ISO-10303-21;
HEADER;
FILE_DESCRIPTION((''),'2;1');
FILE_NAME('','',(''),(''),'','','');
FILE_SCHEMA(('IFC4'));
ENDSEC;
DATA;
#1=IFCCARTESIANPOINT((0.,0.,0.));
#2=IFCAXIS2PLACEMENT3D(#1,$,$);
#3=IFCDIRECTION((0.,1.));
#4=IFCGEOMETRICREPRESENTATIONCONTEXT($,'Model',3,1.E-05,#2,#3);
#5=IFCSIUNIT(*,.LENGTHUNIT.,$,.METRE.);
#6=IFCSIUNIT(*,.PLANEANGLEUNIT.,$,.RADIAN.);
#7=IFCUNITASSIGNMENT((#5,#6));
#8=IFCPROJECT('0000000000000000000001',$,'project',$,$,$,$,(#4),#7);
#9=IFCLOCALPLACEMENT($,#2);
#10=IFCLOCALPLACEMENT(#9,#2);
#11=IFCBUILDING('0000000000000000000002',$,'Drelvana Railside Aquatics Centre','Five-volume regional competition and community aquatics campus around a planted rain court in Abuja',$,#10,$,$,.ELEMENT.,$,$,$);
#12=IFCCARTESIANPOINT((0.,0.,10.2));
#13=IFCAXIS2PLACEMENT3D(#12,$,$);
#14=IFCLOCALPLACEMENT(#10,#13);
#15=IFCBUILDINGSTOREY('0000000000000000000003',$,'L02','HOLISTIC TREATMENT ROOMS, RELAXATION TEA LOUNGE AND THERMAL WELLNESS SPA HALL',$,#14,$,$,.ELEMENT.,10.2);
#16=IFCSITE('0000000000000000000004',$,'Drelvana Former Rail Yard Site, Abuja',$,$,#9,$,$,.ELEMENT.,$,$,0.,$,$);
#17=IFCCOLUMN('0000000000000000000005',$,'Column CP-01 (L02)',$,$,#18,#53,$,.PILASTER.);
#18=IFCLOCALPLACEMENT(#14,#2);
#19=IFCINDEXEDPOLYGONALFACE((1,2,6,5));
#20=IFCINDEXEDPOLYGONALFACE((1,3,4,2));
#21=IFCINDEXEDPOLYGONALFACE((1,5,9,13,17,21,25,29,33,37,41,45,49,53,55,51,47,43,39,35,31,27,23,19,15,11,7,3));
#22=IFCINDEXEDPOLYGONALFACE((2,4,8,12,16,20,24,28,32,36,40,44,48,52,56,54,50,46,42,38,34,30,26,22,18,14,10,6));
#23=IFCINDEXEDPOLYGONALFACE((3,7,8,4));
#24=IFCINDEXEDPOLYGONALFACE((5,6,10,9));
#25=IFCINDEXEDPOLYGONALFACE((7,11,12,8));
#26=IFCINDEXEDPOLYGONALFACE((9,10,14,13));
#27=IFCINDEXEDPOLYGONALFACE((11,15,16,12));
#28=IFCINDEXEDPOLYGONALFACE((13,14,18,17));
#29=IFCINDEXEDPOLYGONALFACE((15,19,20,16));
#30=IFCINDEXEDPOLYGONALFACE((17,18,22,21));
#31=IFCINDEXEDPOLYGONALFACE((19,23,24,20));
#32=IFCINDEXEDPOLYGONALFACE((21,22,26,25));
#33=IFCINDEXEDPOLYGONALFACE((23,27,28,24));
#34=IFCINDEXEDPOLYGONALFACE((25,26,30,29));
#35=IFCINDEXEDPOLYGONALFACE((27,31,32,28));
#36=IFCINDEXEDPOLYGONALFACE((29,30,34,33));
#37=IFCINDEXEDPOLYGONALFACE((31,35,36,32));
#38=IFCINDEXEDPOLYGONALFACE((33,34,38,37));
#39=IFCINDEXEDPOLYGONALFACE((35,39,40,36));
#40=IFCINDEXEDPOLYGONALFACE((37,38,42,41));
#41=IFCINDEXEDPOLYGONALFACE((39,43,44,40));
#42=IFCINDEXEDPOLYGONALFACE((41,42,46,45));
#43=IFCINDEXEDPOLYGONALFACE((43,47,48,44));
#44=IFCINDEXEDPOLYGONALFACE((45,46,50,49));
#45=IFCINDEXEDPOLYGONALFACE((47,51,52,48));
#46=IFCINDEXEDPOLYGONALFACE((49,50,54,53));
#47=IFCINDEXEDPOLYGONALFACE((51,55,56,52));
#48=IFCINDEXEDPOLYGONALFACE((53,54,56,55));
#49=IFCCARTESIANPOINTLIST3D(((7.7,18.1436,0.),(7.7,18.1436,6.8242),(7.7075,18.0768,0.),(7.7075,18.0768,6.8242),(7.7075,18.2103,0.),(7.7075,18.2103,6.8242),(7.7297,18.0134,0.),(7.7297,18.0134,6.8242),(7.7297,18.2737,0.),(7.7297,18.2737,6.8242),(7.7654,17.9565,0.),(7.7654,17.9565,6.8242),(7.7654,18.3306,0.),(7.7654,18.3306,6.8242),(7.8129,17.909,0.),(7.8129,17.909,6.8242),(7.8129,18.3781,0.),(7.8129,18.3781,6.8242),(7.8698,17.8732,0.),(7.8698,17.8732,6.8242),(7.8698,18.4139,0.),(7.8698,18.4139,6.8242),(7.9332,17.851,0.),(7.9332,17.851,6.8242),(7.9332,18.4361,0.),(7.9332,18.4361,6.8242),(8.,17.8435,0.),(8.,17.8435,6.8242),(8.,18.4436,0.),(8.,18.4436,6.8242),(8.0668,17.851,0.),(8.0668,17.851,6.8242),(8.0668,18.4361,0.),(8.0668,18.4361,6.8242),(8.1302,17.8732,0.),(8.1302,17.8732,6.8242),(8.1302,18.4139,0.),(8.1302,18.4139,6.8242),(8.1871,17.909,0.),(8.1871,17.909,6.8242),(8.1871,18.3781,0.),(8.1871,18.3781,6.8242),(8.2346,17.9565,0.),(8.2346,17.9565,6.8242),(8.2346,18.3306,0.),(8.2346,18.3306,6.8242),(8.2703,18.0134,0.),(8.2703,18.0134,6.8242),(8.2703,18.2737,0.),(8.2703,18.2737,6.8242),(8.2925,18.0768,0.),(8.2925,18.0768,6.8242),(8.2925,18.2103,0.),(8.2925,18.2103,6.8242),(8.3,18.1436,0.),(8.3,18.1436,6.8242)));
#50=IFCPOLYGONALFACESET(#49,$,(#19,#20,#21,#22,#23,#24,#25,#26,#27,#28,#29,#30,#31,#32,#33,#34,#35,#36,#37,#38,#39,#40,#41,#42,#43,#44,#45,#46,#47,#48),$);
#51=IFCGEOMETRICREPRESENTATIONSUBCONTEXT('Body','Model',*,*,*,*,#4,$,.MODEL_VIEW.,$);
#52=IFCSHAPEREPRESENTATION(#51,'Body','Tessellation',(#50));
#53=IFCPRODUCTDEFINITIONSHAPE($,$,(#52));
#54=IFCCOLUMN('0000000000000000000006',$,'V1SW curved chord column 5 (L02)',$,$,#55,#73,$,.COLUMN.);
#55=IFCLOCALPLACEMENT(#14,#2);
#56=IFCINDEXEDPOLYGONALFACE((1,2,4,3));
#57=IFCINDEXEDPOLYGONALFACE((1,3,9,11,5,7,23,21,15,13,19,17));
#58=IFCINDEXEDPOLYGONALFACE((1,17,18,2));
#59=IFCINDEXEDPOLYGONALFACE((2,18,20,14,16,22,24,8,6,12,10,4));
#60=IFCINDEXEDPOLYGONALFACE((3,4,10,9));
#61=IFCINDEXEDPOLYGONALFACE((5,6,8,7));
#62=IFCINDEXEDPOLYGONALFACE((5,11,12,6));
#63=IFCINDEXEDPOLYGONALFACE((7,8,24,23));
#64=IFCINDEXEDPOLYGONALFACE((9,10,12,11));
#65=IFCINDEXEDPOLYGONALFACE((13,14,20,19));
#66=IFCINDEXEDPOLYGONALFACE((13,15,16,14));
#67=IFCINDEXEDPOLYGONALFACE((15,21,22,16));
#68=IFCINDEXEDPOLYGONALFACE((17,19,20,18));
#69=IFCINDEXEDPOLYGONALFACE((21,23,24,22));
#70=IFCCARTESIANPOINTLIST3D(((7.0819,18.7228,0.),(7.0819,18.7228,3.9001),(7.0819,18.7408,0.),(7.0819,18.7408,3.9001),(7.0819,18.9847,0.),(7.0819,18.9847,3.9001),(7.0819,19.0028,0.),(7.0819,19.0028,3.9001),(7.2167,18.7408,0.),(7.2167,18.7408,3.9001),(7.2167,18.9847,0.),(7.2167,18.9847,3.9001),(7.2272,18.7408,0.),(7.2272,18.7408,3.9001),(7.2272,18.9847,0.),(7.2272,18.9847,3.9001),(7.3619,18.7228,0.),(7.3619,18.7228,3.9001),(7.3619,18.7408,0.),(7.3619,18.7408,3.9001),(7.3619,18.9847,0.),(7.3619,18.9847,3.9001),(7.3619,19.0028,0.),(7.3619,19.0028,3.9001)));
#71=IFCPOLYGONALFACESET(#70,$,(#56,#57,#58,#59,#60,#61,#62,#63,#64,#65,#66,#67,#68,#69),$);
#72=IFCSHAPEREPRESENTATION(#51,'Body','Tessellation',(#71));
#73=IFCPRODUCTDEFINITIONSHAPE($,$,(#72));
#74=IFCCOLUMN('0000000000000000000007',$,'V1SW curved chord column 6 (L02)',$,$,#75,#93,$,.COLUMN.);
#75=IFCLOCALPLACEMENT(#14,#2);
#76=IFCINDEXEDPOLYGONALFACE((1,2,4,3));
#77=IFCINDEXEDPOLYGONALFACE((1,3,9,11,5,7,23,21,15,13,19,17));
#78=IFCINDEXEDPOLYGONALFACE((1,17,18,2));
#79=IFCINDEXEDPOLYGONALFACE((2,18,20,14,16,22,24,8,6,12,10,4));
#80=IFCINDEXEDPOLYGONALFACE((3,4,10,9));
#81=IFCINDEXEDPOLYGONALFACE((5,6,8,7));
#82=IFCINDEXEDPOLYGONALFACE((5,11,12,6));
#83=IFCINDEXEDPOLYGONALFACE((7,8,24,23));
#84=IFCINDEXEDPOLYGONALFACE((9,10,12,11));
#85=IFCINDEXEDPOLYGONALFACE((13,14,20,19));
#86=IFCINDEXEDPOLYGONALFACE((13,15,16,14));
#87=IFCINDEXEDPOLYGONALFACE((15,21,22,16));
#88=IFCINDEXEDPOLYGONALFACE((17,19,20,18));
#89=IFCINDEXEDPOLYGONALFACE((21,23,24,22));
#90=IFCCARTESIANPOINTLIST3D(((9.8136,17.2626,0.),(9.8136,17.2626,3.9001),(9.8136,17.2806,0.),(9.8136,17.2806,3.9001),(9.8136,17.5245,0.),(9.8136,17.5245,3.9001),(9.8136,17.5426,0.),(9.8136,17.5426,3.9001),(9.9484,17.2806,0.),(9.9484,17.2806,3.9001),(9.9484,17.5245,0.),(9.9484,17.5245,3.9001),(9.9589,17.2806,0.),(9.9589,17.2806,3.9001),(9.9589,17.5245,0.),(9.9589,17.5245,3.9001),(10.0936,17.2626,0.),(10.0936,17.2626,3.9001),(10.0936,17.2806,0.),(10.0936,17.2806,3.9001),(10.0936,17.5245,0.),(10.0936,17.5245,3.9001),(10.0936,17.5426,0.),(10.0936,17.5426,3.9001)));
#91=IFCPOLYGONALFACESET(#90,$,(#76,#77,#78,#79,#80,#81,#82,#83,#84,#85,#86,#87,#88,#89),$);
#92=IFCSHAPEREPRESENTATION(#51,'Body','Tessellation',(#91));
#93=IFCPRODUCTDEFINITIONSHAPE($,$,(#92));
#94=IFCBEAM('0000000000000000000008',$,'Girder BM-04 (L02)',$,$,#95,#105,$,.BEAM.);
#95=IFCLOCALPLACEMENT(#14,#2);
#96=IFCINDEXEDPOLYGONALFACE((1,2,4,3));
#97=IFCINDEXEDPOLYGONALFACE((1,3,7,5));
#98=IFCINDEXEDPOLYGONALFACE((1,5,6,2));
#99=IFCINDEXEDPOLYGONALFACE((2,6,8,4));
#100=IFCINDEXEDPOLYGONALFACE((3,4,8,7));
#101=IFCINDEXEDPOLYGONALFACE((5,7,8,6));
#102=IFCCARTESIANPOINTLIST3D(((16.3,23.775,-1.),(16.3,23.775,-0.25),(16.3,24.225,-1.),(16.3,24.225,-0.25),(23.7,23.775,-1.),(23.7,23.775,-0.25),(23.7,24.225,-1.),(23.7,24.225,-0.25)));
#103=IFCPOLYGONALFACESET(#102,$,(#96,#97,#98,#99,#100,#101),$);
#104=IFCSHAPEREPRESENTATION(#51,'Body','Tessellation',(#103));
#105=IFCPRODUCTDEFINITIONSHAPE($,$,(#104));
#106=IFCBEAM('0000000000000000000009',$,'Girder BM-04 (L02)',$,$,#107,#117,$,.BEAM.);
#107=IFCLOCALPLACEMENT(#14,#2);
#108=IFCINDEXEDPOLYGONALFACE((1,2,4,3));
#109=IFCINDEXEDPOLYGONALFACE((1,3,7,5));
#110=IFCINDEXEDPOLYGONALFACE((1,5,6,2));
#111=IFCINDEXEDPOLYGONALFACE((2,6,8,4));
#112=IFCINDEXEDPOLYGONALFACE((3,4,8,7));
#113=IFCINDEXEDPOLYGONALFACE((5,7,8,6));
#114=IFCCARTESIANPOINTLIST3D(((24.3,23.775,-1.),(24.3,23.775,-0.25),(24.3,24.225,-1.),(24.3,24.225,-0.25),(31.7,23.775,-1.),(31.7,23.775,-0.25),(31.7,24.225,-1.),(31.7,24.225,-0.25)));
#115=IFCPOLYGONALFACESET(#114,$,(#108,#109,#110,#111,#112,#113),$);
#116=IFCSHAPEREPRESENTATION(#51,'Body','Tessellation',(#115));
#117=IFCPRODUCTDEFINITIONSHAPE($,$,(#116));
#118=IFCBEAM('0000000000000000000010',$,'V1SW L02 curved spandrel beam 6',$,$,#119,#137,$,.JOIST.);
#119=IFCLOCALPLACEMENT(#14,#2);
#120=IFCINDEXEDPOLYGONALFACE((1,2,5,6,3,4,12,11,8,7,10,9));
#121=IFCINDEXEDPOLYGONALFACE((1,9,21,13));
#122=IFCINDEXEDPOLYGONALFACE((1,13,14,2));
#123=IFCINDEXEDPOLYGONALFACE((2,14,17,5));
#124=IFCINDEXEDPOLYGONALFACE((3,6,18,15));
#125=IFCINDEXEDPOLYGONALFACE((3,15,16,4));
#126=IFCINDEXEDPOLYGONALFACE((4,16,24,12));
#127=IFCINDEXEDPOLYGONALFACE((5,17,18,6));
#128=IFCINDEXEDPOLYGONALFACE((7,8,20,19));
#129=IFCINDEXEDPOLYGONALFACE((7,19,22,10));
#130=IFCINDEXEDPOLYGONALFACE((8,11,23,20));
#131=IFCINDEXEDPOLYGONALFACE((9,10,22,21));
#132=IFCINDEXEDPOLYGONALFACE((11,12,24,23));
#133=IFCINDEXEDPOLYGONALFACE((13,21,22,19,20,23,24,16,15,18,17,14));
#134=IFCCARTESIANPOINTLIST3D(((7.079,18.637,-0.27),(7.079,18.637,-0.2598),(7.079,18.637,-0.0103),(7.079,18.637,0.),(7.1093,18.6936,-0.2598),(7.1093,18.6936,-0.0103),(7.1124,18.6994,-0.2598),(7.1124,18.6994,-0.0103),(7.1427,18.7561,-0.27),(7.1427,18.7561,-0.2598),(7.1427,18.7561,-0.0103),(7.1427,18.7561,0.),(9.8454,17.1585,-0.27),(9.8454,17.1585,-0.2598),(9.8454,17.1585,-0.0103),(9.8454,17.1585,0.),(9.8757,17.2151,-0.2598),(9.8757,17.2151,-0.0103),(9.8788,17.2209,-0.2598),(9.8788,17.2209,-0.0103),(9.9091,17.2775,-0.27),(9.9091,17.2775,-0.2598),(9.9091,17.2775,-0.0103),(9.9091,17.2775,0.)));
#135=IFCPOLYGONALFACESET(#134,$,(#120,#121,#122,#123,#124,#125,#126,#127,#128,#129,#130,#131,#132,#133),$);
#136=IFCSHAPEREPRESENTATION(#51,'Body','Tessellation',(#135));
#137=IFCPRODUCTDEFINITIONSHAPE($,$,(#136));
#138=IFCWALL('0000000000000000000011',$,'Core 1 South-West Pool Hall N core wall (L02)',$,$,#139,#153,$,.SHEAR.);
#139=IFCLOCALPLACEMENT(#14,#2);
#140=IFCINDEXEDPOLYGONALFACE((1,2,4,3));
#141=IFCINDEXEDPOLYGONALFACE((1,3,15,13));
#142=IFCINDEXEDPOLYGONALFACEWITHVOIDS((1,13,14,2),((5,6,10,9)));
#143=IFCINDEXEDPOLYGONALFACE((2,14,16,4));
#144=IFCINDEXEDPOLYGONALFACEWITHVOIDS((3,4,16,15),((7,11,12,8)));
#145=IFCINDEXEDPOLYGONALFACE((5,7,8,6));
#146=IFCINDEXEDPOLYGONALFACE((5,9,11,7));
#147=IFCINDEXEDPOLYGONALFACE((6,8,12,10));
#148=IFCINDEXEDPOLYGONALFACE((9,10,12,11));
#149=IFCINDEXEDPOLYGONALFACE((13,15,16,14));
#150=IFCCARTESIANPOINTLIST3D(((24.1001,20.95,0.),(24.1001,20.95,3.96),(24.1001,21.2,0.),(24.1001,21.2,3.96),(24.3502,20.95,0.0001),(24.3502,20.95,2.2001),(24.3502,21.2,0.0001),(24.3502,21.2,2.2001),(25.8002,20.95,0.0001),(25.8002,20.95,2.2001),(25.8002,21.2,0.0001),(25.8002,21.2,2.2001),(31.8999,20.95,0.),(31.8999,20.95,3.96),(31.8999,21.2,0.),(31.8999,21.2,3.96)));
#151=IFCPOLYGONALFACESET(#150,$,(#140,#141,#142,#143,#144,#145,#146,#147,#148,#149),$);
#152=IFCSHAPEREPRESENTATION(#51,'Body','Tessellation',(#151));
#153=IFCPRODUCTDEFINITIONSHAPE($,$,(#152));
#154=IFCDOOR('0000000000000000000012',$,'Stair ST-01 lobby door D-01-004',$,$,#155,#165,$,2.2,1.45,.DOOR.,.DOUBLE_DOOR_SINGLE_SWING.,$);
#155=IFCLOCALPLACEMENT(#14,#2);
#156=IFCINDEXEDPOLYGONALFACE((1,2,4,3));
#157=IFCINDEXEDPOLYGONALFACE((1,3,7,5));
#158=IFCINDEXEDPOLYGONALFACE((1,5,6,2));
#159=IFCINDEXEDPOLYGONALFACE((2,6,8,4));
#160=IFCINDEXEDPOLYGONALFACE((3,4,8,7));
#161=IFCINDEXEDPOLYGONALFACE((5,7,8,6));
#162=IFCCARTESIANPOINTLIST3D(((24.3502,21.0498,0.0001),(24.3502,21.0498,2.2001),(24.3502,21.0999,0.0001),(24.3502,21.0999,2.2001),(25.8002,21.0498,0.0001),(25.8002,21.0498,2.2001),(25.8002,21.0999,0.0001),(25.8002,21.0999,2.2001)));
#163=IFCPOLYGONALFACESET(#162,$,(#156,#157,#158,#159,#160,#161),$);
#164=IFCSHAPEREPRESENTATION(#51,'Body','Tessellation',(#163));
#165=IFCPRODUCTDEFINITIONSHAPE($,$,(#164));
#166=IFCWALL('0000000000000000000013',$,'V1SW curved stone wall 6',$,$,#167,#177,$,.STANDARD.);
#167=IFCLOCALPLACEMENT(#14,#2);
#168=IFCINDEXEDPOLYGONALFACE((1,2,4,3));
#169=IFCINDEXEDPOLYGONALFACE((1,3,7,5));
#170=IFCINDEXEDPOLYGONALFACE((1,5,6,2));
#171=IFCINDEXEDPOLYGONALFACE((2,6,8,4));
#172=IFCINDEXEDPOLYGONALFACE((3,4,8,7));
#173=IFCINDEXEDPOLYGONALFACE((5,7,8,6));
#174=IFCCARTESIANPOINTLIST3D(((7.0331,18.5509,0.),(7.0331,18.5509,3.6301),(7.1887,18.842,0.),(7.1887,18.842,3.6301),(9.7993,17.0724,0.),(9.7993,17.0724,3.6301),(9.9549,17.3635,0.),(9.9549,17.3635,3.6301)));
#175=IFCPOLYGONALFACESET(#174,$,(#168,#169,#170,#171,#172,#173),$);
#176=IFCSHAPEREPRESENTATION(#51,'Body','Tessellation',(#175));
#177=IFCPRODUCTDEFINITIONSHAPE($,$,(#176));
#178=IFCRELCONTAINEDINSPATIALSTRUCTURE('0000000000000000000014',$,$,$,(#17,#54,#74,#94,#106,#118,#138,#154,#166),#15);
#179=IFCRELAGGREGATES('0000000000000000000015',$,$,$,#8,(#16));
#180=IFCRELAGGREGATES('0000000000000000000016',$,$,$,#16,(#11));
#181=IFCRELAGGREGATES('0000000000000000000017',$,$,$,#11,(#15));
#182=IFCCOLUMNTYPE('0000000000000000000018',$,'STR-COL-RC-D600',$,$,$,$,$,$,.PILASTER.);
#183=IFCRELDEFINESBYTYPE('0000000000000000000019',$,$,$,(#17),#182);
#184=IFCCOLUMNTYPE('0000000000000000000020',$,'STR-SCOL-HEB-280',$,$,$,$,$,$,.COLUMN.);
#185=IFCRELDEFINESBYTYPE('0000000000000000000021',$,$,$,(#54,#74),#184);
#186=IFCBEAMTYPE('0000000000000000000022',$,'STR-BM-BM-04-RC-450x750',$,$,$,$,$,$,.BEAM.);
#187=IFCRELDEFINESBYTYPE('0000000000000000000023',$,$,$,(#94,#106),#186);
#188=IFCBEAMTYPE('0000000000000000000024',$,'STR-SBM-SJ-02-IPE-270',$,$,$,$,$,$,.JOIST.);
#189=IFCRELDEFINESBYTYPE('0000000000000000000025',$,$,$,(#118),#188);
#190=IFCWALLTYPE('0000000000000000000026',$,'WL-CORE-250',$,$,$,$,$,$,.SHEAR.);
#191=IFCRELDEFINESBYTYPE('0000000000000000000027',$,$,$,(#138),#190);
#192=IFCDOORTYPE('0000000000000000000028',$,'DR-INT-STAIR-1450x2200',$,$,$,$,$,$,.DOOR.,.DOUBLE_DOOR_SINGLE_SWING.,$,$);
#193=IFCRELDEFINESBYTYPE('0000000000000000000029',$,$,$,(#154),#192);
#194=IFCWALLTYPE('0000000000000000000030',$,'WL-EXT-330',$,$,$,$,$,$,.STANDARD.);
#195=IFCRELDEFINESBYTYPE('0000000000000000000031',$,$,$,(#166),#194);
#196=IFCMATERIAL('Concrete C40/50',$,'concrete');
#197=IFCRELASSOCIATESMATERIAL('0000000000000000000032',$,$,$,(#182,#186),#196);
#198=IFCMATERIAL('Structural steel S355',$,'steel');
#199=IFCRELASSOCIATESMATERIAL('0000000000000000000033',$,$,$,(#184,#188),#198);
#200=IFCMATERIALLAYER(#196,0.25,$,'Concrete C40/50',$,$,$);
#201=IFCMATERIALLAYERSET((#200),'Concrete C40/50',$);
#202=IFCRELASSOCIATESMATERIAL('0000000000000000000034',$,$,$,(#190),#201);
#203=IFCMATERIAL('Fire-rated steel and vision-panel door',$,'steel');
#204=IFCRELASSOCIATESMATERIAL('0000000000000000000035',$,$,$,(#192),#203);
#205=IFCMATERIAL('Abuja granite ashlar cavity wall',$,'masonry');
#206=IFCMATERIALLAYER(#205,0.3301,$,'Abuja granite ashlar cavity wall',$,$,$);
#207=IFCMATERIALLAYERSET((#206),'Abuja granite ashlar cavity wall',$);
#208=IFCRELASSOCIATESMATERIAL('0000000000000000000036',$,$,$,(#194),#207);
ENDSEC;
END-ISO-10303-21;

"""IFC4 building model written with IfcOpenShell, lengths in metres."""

from ifc_helpers import new_model, si_unit, direction, frame, frame_2d, origin, origin_2d, place, context, subcontext, project, spatial, rectangle, circle, i_section, extrude, material, layer, layer_set, material_profile, profile_set, type_object, element, fill, save


model = new_model("IFC4")

# Units and contexts
model_context = context("Model", 3, precision=1e-05, world=origin(), true_north=direction((0.0, 1.0)))
body_context = subcontext(model_context, "Body", "Model", "MODEL_VIEW")
ifc_project = project(units=[si_unit("LENGTHUNIT", "METRE"), si_unit("PLANEANGLEUNIT", "RADIAN")], contexts=[model_context])

# Site, building, storey
site_placement = place(None, origin())
site = spatial("IfcSite", under=ifc_project, at=site_placement, Name="Drelvana Former Rail Yard Site, Abuja", CompositionType="ELEMENT", RefElevation=0.0)
building_placement = place(site_placement, origin())
building = spatial("IfcBuilding", under=site, at=building_placement, Name="Drelvana Railside Aquatics Centre", Description="Five-volume regional competition and community aquatics campus around a planted rain court in Abuja", CompositionType="ELEMENT")
storey_placement = place(building_placement, frame((0.0, 0.0, 10.2)))
storey = spatial("IfcBuildingStorey", under=building, at=storey_placement, Name="L02", Description="HOLISTIC TREATMENT ROOMS, RELAXATION TEA LOUNGE AND THERMAL WELLNESS SPA HALL", CompositionType="ELEMENT", Elevation=10.2)

# Columns
ifc_material_1 = material(Name="Concrete C40/50", Category="concrete")
ifc_material_profile_1 = material_profile(ifc_material_1, circle(Radius=0.3, at=origin_2d()), Name="RC D600")
ifc_profile_set_1 = profile_set([ifc_material_profile_1], Name="Concrete C40/50")
column_type_1 = type_object("IfcColumnType", Name="STR-COL-RC-D600", PredefinedType="PILASTER", material=ifc_profile_set_1)
column_placement = place(storey_placement, frame((8.0, 18.1436, 0.0), z_axis=(0.0, 0.0, 1.0), x_axis=(1.0, 0.0, 0.0)))
element("IfcColumn", 1, at=column_placement, inside=storey, type_object=column_type_1, Name="Column CP-01 (L02)", PredefinedType="PILASTER", context=body_context, shape_type="SweptSolid", body=[
    extrude(circle(Radius=0.3, at=origin_2d()), origin(), (0.0, 0.0, 1.0), 6.8242),
])
ifc_material_2 = material(Name="Structural steel S355", Category="steel")
ifc_material_profile_2 = material_profile(ifc_material_2, i_section(OverallWidth=0.28, OverallDepth=0.28, WebThickness=0.0105, FlangeThickness=0.0181, at=origin_2d()), Name="HEB 280")
ifc_profile_set_2 = profile_set([ifc_material_profile_2], Name="Structural steel S355")
column_type_2 = type_object("IfcColumnType", Name="STR-SCOL-HEB-280", PredefinedType="COLUMN", material=ifc_profile_set_2)
for number, where, z_axis, x_axis, name in (
    (2, (7.2219, 18.8628, 0.0), (0.0, 0.0, 1.0), (1.0, 0.0, 0.0), "V1SW curved chord column 5 (L02)"),
    (3, (9.9536, 17.4026, 0.0), (0.0, 0.0, 1.0), (1.0, 0.0, 0.0), "V1SW curved chord column 6 (L02)"),
):
    element("IfcColumn", number, at=place(storey_placement, frame(where, z_axis=z_axis, x_axis=x_axis)), inside=storey, type_object=column_type_2, Name=name, PredefinedType="COLUMN", context=body_context, shape_type="SweptSolid", body=[
        extrude(i_section(OverallWidth=0.28, OverallDepth=0.28, WebThickness=0.0105, FlangeThickness=0.0181, at=origin_2d()), origin(), (0.0, 0.0, 1.0), 3.9001),
    ])

# Beams
ifc_material_profile_3 = material_profile(ifc_material_1, rectangle(XDim=0.45, YDim=0.75, at=origin_2d()), Name="RC 450x750")
ifc_profile_set_3 = profile_set([ifc_material_profile_3], Name="Concrete C40/50")
beam_type_1 = type_object("IfcBeamType", Name="STR-BM-BM-04-RC-450x750", PredefinedType="BEAM", material=ifc_profile_set_3)
for number, where, z_axis, x_axis, name in (
    (4, (16.3, 24.0, -0.625), (1.0, 0.0, 0.0), (0.0, 1.0, 0.0), "Girder BM-04 (L02)"),
    (5, (24.3, 24.0, -0.625), (1.0, 0.0, 0.0), (0.0, 1.0, 0.0), "Girder BM-04 (L02)"),
):
    element("IfcBeam", number, at=place(storey_placement, frame(where, z_axis=z_axis, x_axis=x_axis)), inside=storey, type_object=beam_type_1, Name=name, PredefinedType="BEAM", context=body_context, shape_type="SweptSolid", body=[
        extrude(rectangle(XDim=0.45, YDim=0.75, at=origin_2d()), origin(), (0.0, 0.0, 1.0), 7.3999),
    ])
ifc_material_profile_4 = material_profile(ifc_material_2, i_section(OverallWidth=0.135, OverallDepth=0.27, WebThickness=0.0066, FlangeThickness=0.0103, at=origin_2d()), Name="IPE 270")
ifc_profile_set_4 = profile_set([ifc_material_profile_4], Name="Structural steel S355")
beam_type_2 = type_object("IfcBeamType", Name="STR-SBM-SJ-02-IPE-270", PredefinedType="JOIST", material=ifc_profile_set_4)
beam_placement = place(storey_placement, frame((7.1108, 18.6965, -0.135), z_axis=(0.881939, -0.471364, 0.0), x_axis=(0.471364, 0.881939, 0.0)))
element("IfcBeam", 6, at=beam_placement, inside=storey, type_object=beam_type_2, Name="V1SW L02 curved spandrel beam 6", PredefinedType="JOIST", context=body_context, shape_type="SweptSolid", body=[
    extrude(i_section(OverallWidth=0.135, OverallDepth=0.27, WebThickness=0.0066, FlangeThickness=0.0103, at=origin_2d()), origin(), (0.0, 0.0, 1.0), 3.1367),
])

# Wall, opening, door
ifc_layer_1 = layer(ifc_material_1, 0.25, Name="Concrete C40/50")
ifc_layer_set_1 = layer_set([ifc_layer_1], Name="Concrete C40/50")
wall_type_1 = type_object("IfcWallType", Name="WL-CORE-250", PredefinedType="SHEAR", material=ifc_layer_set_1)
wall_1_placement = place(storey_placement, frame((24.1001, 21.075, 0.0), z_axis=(0.0, 0.0, 1.0), x_axis=(1.0, 0.0, 0.0)))
wall_1 = element("IfcWall", 7, at=wall_1_placement, inside=storey, type_object=wall_type_1, Name="Core 1 South-West Pool Hall N core wall (L02)", PredefinedType="SHEAR", context=body_context, shape_type="SweptSolid", body=[
    extrude(rectangle(XDim=7.7998, YDim=0.25, at=frame_2d((3.8999, 0.0))), origin(), (0.0, 0.0, 1.0), 3.96),
])
opening_1_placement = place(wall_1_placement, frame((0.25, 0.0, 0.0)))
opening_1 = element("IfcOpeningElement", 8, at=opening_1_placement, cuts=wall_1, PredefinedType="OPENING", context=body_context, shape_type="SweptSolid", body=[
    extrude(rectangle(XDim=1.45, YDim=2.2, at=frame_2d((0.7251, 1.1001))), frame((0.0, 0.135, 0.0), z_axis=(0.0, -1.0, 0.0), x_axis=(1.0, 0.0, 0.0)), (0.0, 0.0, 1.0), 0.27),
])
ifc_material_3 = material(Name="Fire-rated steel and vision-panel door", Category="steel")
door_type_1 = type_object("IfcDoorType", Name="DR-INT-STAIR-1450x2200", OperationType="DOUBLE_DOOR_SINGLE_SWING", PredefinedType="DOOR", material=ifc_material_3)
door_1_placement = place(opening_1_placement, origin())
door_1 = element("IfcDoor", 9, at=door_1_placement, inside=storey, type_object=door_type_1, Name="Stair ST-01 lobby door D-01-004", OperationType="DOUBLE_DOOR_SINGLE_SWING", OverallHeight=2.2, OverallWidth=1.45, PredefinedType="DOOR", context=body_context, shape_type="SweptSolid", body=[
    extrude(rectangle(XDim=1.45, YDim=2.2, at=frame_2d((0.7251, 1.1001))), frame((0.0, 0.0249, 0.0), z_axis=(0.0, -1.0, 0.0), x_axis=(1.0, 0.0, 0.0)), (0.0, 0.0, 1.0), 0.05),
])
fill(opening_1, door_1)

# Wall
ifc_material_4 = material(Name="Abuja granite ashlar cavity wall", Category="masonry")
ifc_layer_2 = layer(ifc_material_4, 0.3301, Name="Abuja granite ashlar cavity wall")
ifc_layer_set_2 = layer_set([ifc_layer_2], Name="Abuja granite ashlar cavity wall")
wall_type_2 = type_object("IfcWallType", Name="WL-EXT-330", PredefinedType="STANDARD", material=ifc_layer_set_2)
wall_2_placement = place(storey_placement, frame((7.1108, 18.6965, 0.0), z_axis=(0.0, 0.0, 1.0), x_axis=(0.881922, -0.471396, 0.0)))
element("IfcWall", 10, at=wall_2_placement, inside=storey, type_object=wall_type_2, Name="V1SW curved stone wall 6", PredefinedType="STANDARD", context=body_context, shape_type="SweptSolid", body=[
    extrude(rectangle(XDim=3.1365, YDim=0.3301, at=frame_2d((1.5684, 0.0))), origin(), (0.0, 0.0, 1.0), 3.6301),
])

save(model, "model.ifc")
